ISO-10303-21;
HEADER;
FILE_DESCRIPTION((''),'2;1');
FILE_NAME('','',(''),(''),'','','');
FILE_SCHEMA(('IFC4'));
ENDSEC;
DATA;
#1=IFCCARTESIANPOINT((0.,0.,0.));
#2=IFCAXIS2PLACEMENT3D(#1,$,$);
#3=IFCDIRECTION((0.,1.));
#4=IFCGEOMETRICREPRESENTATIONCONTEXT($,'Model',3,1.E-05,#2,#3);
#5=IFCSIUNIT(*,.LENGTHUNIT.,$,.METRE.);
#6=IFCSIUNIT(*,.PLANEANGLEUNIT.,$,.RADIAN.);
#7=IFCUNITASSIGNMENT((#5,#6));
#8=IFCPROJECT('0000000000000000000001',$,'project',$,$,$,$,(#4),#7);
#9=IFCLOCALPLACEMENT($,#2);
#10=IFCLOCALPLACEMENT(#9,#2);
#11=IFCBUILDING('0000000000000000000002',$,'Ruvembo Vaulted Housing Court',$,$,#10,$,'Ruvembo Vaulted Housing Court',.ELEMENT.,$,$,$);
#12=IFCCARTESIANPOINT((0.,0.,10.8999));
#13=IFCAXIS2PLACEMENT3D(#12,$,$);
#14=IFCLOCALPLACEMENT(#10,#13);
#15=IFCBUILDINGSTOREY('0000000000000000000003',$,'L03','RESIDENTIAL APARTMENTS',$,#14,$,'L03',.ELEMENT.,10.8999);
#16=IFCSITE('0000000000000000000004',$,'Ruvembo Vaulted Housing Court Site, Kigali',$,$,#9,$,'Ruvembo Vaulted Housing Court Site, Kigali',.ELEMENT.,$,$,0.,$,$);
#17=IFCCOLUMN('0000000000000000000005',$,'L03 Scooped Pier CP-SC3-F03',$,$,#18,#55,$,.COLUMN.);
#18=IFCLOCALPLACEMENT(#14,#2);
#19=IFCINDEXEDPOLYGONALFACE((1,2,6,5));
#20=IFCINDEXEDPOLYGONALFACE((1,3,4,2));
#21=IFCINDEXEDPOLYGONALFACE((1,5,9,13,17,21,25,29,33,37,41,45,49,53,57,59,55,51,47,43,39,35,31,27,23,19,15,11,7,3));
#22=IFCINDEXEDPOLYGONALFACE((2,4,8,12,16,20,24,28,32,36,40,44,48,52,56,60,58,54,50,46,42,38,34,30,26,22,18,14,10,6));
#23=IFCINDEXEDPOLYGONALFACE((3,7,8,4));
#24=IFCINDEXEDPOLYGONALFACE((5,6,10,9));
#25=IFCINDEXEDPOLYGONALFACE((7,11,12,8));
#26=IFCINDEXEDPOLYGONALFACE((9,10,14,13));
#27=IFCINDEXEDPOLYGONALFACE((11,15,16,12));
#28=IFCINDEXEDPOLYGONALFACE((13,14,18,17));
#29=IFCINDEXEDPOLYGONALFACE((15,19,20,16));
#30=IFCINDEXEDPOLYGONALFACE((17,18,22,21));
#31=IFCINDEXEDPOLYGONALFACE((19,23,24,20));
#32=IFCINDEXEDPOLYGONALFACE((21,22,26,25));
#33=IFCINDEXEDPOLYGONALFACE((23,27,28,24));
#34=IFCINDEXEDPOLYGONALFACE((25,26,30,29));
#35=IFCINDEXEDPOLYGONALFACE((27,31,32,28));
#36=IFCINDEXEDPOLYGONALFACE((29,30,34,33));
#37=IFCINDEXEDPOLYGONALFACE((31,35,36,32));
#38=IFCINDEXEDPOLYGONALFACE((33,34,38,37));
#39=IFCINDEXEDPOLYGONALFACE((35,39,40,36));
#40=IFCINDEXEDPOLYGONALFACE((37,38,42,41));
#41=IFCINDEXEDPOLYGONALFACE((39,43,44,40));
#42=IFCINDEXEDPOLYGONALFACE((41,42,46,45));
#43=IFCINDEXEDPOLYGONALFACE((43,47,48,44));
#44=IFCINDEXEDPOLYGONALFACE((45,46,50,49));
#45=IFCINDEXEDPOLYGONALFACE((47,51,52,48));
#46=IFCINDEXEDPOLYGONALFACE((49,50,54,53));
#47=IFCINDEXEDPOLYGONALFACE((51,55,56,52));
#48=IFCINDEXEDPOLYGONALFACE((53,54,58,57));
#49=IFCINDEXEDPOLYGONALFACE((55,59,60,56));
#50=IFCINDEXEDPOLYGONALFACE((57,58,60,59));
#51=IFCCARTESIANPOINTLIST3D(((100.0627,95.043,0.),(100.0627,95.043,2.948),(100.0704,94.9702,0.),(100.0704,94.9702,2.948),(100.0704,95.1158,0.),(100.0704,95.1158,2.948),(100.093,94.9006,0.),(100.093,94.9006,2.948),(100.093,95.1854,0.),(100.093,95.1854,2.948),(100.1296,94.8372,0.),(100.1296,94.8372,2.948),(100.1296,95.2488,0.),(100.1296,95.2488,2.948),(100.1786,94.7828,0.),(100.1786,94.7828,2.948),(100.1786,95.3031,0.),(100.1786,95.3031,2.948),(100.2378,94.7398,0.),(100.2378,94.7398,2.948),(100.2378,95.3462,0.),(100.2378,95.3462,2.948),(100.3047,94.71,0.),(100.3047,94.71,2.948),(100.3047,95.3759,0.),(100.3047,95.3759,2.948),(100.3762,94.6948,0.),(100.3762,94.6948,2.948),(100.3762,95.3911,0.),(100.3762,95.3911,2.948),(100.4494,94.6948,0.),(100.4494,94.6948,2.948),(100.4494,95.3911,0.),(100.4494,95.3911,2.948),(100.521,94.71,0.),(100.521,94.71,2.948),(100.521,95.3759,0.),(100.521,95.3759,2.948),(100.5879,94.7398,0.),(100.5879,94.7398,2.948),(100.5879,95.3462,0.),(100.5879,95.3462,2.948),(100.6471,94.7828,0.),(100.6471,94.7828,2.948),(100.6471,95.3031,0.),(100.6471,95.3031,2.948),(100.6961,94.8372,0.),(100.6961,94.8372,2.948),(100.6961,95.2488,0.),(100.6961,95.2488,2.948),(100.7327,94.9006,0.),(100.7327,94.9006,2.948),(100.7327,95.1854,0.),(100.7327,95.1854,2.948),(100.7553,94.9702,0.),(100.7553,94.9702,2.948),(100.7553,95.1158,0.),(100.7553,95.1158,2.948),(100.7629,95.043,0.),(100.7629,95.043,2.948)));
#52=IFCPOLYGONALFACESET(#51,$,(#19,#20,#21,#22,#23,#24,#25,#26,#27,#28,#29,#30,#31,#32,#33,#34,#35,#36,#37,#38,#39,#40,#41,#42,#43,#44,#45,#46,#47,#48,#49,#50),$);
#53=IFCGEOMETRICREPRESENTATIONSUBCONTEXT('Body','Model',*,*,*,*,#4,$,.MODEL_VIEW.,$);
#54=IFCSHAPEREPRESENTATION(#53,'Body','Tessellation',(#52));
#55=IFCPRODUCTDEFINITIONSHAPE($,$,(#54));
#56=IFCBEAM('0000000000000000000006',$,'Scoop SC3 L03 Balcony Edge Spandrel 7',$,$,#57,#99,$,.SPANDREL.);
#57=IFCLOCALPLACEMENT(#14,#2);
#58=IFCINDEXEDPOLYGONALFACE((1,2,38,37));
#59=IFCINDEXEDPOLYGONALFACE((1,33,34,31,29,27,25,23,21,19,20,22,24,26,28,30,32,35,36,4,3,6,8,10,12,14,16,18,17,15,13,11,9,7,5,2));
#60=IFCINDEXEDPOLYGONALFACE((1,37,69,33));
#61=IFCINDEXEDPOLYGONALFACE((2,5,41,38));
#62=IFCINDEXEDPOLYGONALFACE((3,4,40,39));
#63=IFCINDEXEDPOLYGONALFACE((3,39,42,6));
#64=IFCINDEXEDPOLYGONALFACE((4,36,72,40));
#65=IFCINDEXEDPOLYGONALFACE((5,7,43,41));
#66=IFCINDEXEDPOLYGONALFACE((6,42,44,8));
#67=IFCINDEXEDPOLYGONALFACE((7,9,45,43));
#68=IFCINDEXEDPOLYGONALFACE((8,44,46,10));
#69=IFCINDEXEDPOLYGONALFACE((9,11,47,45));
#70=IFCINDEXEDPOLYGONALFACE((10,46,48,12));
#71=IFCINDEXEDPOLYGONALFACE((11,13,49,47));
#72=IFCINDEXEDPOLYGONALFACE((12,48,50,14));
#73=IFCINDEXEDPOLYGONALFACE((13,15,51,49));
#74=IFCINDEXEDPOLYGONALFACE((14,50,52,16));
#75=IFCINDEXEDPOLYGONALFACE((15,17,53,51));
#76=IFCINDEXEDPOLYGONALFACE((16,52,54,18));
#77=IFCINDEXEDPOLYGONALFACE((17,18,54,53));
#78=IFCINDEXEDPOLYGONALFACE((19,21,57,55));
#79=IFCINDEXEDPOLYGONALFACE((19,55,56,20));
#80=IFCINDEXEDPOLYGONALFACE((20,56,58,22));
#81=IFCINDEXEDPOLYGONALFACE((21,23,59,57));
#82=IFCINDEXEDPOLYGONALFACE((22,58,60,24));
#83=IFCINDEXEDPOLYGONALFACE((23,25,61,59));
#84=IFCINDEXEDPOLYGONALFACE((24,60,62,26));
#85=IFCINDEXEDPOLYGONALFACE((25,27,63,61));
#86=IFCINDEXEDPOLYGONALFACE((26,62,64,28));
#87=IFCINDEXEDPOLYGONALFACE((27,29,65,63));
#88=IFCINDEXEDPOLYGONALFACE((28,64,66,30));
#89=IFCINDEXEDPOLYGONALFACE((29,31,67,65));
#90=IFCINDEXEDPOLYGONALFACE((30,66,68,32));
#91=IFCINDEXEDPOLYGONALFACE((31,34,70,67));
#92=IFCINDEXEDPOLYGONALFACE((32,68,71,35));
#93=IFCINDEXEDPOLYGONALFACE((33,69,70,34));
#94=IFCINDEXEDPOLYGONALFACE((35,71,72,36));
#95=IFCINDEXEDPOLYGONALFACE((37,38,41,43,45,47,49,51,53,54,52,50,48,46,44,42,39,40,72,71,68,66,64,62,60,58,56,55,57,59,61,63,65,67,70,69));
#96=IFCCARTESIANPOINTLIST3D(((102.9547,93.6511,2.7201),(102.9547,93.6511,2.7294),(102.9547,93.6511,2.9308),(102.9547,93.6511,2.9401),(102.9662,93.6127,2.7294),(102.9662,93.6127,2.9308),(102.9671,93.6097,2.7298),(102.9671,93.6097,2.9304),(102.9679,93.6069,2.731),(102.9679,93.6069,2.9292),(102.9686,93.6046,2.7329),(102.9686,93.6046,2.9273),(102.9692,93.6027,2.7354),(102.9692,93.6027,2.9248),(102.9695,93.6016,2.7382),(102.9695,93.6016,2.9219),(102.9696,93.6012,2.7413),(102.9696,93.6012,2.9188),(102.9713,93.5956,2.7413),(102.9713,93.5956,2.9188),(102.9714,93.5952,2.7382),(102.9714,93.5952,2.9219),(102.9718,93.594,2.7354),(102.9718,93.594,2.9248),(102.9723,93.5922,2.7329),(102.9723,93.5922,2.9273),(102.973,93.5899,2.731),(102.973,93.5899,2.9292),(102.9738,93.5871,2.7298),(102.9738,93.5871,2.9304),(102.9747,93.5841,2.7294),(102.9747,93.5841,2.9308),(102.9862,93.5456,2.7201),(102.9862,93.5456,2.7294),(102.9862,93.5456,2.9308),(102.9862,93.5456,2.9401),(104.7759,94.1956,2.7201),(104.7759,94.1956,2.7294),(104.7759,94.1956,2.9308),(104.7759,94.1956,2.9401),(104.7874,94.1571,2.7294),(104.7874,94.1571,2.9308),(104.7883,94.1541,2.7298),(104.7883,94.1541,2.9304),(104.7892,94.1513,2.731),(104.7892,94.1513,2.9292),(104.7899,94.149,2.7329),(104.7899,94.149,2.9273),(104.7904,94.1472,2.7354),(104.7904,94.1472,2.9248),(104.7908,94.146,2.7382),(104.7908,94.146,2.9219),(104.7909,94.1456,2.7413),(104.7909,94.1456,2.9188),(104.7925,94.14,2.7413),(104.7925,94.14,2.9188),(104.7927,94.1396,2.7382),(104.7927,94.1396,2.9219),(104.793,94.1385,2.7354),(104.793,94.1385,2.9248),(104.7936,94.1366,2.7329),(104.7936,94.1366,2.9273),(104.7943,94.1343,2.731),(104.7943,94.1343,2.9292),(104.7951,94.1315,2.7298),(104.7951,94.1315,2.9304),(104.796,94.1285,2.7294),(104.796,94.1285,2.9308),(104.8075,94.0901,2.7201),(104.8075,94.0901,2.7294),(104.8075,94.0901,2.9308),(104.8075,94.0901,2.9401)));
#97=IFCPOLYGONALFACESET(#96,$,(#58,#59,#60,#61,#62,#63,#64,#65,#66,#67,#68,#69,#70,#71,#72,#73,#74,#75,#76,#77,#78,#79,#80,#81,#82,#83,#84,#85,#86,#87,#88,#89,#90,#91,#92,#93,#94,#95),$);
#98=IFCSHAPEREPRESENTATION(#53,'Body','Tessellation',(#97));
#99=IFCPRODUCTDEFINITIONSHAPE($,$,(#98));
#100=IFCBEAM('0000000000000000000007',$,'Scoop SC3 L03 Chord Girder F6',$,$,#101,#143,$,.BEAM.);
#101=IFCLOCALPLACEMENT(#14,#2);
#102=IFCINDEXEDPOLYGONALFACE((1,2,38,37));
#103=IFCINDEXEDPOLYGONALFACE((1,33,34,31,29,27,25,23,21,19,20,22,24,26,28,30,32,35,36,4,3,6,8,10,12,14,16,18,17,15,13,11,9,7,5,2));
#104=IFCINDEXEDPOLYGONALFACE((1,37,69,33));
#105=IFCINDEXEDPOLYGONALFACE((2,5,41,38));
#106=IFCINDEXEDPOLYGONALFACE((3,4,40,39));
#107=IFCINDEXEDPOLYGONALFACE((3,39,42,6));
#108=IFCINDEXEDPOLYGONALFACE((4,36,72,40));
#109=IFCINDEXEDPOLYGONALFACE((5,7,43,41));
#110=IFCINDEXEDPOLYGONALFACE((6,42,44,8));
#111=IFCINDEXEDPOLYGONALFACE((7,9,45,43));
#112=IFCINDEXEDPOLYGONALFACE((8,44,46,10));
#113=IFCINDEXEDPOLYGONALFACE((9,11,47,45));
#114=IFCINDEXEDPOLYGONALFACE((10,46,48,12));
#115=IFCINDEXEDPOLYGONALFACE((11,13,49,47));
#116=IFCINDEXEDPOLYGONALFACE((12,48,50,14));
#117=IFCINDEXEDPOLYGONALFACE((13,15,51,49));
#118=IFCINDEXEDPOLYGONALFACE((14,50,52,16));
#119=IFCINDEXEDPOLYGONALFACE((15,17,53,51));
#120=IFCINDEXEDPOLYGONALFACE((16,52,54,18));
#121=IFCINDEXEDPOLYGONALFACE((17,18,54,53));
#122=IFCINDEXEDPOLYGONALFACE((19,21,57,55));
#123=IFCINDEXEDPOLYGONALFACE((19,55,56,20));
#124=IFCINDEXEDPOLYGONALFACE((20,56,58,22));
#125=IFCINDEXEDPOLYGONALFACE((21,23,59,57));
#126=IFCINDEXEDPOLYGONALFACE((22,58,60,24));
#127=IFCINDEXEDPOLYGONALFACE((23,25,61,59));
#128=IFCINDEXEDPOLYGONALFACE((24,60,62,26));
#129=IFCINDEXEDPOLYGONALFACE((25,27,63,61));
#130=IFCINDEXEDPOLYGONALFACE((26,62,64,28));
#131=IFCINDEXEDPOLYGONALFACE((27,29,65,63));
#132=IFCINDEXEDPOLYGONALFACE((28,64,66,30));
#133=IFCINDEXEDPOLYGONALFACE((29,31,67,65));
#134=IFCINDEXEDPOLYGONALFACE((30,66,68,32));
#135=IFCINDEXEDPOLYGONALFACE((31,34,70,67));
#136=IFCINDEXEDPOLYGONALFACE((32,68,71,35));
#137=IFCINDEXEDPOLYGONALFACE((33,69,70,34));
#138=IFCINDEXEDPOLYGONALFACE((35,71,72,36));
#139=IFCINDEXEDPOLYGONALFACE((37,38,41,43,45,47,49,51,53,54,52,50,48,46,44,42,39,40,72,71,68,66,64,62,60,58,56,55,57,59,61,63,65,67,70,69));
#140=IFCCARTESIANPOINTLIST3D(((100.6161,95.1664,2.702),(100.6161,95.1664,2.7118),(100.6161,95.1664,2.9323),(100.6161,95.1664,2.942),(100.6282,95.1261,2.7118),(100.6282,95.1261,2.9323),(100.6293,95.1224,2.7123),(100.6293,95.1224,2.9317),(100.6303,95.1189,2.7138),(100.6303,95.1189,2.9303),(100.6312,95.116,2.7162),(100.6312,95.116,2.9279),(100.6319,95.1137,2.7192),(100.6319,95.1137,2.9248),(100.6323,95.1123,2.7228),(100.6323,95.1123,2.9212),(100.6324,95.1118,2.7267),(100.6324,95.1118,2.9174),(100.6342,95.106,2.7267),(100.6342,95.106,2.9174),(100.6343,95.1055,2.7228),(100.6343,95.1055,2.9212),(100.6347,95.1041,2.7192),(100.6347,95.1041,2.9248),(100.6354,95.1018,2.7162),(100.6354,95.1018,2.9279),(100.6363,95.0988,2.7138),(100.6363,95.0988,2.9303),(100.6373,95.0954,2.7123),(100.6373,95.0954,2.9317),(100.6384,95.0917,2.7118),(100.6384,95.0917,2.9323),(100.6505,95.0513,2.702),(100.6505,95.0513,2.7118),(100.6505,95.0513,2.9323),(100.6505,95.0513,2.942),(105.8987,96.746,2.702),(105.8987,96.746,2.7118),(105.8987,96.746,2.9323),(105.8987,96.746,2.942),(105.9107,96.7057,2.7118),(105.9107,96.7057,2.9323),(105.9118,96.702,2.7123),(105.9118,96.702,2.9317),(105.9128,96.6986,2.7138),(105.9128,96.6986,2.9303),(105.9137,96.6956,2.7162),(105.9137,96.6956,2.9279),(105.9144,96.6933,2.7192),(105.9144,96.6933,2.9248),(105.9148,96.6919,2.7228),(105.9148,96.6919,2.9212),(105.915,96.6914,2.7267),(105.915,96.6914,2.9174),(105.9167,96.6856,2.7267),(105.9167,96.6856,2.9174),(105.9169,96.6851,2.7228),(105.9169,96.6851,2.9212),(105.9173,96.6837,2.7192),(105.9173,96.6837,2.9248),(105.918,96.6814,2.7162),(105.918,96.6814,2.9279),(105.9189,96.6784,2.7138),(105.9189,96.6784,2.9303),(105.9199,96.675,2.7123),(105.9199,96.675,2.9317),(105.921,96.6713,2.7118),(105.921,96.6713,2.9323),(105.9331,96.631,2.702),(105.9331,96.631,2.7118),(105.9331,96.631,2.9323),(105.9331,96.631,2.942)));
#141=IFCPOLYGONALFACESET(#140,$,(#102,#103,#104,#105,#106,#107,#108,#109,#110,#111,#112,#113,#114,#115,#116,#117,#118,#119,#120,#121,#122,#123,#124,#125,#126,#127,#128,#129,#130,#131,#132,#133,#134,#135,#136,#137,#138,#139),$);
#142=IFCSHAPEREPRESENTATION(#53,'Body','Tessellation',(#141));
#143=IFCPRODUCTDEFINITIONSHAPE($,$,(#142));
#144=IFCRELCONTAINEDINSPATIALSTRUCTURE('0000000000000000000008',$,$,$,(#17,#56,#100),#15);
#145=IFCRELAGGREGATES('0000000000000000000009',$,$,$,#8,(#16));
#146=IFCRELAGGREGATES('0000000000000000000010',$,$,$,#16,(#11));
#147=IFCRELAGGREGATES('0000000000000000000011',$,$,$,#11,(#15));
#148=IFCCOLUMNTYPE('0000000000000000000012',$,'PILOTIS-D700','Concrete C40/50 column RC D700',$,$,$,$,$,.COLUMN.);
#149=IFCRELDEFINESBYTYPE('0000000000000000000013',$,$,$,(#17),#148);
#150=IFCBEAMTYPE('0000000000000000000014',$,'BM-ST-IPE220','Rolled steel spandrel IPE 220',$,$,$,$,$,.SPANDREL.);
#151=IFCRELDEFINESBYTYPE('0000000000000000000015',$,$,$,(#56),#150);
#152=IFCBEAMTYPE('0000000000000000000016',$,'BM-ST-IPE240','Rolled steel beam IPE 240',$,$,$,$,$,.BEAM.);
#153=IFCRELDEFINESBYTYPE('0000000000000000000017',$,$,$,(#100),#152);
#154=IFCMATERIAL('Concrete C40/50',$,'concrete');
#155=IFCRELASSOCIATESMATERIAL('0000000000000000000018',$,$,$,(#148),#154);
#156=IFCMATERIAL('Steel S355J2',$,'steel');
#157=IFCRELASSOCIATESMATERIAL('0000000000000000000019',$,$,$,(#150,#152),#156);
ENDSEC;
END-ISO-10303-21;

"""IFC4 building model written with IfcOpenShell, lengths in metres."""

from ifc_helpers import new_model, si_unit, direction, frame, origin, origin_2d, place, context, subcontext, project, spatial, circle, i_section, extrude, material, material_profile, profile_set, type_object, element, save


model = new_model("IFC4")

# Units and contexts
model_context = context("Model", 3, precision=1e-05, world=origin(), true_north=direction((0.0, 1.0)))
body_context = subcontext(model_context, "Body", "Model", "MODEL_VIEW")
ifc_project = project(units=[si_unit("LENGTHUNIT", "METRE"), si_unit("PLANEANGLEUNIT", "RADIAN")], contexts=[model_context])

# Site, building, storey
site_placement = place(None, origin())
site = spatial("IfcSite", under=ifc_project, at=site_placement, Name="Ruvembo Vaulted Housing Court Site, Kigali", LongName="Ruvembo Vaulted Housing Court Site, Kigali", CompositionType="ELEMENT", RefElevation=0.0)
building_placement = place(site_placement, origin())
building = spatial("IfcBuilding", under=site, at=building_placement, Name="Ruvembo Vaulted Housing Court", LongName="Ruvembo Vaulted Housing Court", CompositionType="ELEMENT")
storey_placement = place(building_placement, frame((0.0, 0.0, 10.8999)))
storey = spatial("IfcBuildingStorey", under=building, at=storey_placement, Name="L03", Description="RESIDENTIAL APARTMENTS", LongName="L03", CompositionType="ELEMENT", Elevation=10.8999)

# Column
ifc_material_1 = material(Name="Concrete C40/50", Category="concrete")
ifc_material_profile_1 = material_profile(ifc_material_1, circle(Radius=0.3501, at=origin_2d()), Name="RC D700")
ifc_profile_set_1 = profile_set([ifc_material_profile_1], Name="Concrete C40/50")
column_type = type_object("IfcColumnType", Name="PILOTIS-D700", Description="Concrete C40/50 column RC D700", PredefinedType="COLUMN", material=ifc_profile_set_1)
column_placement = place(storey_placement, frame((100.4128, 95.043, 0.0), z_axis=(0.0, 0.0, 1.0), x_axis=(1.0, 0.0, 0.0)))
element("IfcColumn", 1, at=column_placement, inside=storey, type_object=column_type, Name="L03 Scooped Pier CP-SC3-F03", PredefinedType="COLUMN", context=body_context, shape_type="SweptSolid", body=[
    extrude(circle(Radius=0.3501, at=origin_2d()), origin(), (0.0, 0.0, 1.0), 2.948),
])

# Beams
ifc_material_2 = material(Name="Steel S355J2", Category="steel")
ifc_material_profile_2 = material_profile(ifc_material_2, i_section(OverallWidth=0.1101, OverallDepth=0.22, WebThickness=0.0059, FlangeThickness=0.0093, FilletRadius=0.012, at=origin_2d()), Name="IPE 220")
ifc_profile_set_2 = profile_set([ifc_material_profile_2], Name="Steel S355J2")
beam_type_1 = type_object("IfcBeamType", Name="BM-ST-IPE220", Description="Rolled steel spandrel IPE 220", PredefinedType="SPANDREL", material=ifc_profile_set_2)
beam_1_placement = place(storey_placement, frame((102.9705, 93.5984, 2.8301), z_axis=(0.958109, 0.286405, 0.0), x_axis=(-0.286405, 0.958109, 0.0)))
element("IfcBeam", 2, at=beam_1_placement, inside=storey, type_object=beam_type_1, Name="Scoop SC3 L03 Balcony Edge Spandrel 7", PredefinedType="SPANDREL", context=body_context, shape_type="SweptSolid", body=[
    extrude(i_section(OverallWidth=0.1101, OverallDepth=0.22, WebThickness=0.0059, FlangeThickness=0.0093, FilletRadius=0.012, at=origin_2d()), origin(), (0.0, 0.0, 1.0), 1.9009),
])
ifc_material_profile_3 = material_profile(ifc_material_2, i_section(OverallWidth=0.1201, OverallDepth=0.24, WebThickness=0.0061, FlangeThickness=0.0098, FilletRadius=0.0149, at=origin_2d()), Name="IPE 240")
ifc_profile_set_3 = profile_set([ifc_material_profile_3], Name="Steel S355J2")
beam_type_2 = type_object("IfcBeamType", Name="BM-ST-IPE240", Description="Rolled steel beam IPE 240", PredefinedType="BEAM", material=ifc_profile_set_3)
beam_2_placement = place(storey_placement, frame((100.6333, 95.1089, 2.822), z_axis=(0.958083, 0.286491, 0.0), x_axis=(-0.286491, 0.958083, 0.0)))
element("IfcBeam", 3, at=beam_2_placement, inside=storey, type_object=beam_type_2, Name="Scoop SC3 L03 Chord Girder F6", PredefinedType="BEAM", context=body_context, shape_type="SweptSolid", body=[
    extrude(i_section(OverallWidth=0.1201, OverallDepth=0.24, WebThickness=0.0061, FlangeThickness=0.0098, FilletRadius=0.0149, at=origin_2d()), origin(), (0.0, 0.0, 1.0), 5.5137),
])

save(model, "model.ifc")
